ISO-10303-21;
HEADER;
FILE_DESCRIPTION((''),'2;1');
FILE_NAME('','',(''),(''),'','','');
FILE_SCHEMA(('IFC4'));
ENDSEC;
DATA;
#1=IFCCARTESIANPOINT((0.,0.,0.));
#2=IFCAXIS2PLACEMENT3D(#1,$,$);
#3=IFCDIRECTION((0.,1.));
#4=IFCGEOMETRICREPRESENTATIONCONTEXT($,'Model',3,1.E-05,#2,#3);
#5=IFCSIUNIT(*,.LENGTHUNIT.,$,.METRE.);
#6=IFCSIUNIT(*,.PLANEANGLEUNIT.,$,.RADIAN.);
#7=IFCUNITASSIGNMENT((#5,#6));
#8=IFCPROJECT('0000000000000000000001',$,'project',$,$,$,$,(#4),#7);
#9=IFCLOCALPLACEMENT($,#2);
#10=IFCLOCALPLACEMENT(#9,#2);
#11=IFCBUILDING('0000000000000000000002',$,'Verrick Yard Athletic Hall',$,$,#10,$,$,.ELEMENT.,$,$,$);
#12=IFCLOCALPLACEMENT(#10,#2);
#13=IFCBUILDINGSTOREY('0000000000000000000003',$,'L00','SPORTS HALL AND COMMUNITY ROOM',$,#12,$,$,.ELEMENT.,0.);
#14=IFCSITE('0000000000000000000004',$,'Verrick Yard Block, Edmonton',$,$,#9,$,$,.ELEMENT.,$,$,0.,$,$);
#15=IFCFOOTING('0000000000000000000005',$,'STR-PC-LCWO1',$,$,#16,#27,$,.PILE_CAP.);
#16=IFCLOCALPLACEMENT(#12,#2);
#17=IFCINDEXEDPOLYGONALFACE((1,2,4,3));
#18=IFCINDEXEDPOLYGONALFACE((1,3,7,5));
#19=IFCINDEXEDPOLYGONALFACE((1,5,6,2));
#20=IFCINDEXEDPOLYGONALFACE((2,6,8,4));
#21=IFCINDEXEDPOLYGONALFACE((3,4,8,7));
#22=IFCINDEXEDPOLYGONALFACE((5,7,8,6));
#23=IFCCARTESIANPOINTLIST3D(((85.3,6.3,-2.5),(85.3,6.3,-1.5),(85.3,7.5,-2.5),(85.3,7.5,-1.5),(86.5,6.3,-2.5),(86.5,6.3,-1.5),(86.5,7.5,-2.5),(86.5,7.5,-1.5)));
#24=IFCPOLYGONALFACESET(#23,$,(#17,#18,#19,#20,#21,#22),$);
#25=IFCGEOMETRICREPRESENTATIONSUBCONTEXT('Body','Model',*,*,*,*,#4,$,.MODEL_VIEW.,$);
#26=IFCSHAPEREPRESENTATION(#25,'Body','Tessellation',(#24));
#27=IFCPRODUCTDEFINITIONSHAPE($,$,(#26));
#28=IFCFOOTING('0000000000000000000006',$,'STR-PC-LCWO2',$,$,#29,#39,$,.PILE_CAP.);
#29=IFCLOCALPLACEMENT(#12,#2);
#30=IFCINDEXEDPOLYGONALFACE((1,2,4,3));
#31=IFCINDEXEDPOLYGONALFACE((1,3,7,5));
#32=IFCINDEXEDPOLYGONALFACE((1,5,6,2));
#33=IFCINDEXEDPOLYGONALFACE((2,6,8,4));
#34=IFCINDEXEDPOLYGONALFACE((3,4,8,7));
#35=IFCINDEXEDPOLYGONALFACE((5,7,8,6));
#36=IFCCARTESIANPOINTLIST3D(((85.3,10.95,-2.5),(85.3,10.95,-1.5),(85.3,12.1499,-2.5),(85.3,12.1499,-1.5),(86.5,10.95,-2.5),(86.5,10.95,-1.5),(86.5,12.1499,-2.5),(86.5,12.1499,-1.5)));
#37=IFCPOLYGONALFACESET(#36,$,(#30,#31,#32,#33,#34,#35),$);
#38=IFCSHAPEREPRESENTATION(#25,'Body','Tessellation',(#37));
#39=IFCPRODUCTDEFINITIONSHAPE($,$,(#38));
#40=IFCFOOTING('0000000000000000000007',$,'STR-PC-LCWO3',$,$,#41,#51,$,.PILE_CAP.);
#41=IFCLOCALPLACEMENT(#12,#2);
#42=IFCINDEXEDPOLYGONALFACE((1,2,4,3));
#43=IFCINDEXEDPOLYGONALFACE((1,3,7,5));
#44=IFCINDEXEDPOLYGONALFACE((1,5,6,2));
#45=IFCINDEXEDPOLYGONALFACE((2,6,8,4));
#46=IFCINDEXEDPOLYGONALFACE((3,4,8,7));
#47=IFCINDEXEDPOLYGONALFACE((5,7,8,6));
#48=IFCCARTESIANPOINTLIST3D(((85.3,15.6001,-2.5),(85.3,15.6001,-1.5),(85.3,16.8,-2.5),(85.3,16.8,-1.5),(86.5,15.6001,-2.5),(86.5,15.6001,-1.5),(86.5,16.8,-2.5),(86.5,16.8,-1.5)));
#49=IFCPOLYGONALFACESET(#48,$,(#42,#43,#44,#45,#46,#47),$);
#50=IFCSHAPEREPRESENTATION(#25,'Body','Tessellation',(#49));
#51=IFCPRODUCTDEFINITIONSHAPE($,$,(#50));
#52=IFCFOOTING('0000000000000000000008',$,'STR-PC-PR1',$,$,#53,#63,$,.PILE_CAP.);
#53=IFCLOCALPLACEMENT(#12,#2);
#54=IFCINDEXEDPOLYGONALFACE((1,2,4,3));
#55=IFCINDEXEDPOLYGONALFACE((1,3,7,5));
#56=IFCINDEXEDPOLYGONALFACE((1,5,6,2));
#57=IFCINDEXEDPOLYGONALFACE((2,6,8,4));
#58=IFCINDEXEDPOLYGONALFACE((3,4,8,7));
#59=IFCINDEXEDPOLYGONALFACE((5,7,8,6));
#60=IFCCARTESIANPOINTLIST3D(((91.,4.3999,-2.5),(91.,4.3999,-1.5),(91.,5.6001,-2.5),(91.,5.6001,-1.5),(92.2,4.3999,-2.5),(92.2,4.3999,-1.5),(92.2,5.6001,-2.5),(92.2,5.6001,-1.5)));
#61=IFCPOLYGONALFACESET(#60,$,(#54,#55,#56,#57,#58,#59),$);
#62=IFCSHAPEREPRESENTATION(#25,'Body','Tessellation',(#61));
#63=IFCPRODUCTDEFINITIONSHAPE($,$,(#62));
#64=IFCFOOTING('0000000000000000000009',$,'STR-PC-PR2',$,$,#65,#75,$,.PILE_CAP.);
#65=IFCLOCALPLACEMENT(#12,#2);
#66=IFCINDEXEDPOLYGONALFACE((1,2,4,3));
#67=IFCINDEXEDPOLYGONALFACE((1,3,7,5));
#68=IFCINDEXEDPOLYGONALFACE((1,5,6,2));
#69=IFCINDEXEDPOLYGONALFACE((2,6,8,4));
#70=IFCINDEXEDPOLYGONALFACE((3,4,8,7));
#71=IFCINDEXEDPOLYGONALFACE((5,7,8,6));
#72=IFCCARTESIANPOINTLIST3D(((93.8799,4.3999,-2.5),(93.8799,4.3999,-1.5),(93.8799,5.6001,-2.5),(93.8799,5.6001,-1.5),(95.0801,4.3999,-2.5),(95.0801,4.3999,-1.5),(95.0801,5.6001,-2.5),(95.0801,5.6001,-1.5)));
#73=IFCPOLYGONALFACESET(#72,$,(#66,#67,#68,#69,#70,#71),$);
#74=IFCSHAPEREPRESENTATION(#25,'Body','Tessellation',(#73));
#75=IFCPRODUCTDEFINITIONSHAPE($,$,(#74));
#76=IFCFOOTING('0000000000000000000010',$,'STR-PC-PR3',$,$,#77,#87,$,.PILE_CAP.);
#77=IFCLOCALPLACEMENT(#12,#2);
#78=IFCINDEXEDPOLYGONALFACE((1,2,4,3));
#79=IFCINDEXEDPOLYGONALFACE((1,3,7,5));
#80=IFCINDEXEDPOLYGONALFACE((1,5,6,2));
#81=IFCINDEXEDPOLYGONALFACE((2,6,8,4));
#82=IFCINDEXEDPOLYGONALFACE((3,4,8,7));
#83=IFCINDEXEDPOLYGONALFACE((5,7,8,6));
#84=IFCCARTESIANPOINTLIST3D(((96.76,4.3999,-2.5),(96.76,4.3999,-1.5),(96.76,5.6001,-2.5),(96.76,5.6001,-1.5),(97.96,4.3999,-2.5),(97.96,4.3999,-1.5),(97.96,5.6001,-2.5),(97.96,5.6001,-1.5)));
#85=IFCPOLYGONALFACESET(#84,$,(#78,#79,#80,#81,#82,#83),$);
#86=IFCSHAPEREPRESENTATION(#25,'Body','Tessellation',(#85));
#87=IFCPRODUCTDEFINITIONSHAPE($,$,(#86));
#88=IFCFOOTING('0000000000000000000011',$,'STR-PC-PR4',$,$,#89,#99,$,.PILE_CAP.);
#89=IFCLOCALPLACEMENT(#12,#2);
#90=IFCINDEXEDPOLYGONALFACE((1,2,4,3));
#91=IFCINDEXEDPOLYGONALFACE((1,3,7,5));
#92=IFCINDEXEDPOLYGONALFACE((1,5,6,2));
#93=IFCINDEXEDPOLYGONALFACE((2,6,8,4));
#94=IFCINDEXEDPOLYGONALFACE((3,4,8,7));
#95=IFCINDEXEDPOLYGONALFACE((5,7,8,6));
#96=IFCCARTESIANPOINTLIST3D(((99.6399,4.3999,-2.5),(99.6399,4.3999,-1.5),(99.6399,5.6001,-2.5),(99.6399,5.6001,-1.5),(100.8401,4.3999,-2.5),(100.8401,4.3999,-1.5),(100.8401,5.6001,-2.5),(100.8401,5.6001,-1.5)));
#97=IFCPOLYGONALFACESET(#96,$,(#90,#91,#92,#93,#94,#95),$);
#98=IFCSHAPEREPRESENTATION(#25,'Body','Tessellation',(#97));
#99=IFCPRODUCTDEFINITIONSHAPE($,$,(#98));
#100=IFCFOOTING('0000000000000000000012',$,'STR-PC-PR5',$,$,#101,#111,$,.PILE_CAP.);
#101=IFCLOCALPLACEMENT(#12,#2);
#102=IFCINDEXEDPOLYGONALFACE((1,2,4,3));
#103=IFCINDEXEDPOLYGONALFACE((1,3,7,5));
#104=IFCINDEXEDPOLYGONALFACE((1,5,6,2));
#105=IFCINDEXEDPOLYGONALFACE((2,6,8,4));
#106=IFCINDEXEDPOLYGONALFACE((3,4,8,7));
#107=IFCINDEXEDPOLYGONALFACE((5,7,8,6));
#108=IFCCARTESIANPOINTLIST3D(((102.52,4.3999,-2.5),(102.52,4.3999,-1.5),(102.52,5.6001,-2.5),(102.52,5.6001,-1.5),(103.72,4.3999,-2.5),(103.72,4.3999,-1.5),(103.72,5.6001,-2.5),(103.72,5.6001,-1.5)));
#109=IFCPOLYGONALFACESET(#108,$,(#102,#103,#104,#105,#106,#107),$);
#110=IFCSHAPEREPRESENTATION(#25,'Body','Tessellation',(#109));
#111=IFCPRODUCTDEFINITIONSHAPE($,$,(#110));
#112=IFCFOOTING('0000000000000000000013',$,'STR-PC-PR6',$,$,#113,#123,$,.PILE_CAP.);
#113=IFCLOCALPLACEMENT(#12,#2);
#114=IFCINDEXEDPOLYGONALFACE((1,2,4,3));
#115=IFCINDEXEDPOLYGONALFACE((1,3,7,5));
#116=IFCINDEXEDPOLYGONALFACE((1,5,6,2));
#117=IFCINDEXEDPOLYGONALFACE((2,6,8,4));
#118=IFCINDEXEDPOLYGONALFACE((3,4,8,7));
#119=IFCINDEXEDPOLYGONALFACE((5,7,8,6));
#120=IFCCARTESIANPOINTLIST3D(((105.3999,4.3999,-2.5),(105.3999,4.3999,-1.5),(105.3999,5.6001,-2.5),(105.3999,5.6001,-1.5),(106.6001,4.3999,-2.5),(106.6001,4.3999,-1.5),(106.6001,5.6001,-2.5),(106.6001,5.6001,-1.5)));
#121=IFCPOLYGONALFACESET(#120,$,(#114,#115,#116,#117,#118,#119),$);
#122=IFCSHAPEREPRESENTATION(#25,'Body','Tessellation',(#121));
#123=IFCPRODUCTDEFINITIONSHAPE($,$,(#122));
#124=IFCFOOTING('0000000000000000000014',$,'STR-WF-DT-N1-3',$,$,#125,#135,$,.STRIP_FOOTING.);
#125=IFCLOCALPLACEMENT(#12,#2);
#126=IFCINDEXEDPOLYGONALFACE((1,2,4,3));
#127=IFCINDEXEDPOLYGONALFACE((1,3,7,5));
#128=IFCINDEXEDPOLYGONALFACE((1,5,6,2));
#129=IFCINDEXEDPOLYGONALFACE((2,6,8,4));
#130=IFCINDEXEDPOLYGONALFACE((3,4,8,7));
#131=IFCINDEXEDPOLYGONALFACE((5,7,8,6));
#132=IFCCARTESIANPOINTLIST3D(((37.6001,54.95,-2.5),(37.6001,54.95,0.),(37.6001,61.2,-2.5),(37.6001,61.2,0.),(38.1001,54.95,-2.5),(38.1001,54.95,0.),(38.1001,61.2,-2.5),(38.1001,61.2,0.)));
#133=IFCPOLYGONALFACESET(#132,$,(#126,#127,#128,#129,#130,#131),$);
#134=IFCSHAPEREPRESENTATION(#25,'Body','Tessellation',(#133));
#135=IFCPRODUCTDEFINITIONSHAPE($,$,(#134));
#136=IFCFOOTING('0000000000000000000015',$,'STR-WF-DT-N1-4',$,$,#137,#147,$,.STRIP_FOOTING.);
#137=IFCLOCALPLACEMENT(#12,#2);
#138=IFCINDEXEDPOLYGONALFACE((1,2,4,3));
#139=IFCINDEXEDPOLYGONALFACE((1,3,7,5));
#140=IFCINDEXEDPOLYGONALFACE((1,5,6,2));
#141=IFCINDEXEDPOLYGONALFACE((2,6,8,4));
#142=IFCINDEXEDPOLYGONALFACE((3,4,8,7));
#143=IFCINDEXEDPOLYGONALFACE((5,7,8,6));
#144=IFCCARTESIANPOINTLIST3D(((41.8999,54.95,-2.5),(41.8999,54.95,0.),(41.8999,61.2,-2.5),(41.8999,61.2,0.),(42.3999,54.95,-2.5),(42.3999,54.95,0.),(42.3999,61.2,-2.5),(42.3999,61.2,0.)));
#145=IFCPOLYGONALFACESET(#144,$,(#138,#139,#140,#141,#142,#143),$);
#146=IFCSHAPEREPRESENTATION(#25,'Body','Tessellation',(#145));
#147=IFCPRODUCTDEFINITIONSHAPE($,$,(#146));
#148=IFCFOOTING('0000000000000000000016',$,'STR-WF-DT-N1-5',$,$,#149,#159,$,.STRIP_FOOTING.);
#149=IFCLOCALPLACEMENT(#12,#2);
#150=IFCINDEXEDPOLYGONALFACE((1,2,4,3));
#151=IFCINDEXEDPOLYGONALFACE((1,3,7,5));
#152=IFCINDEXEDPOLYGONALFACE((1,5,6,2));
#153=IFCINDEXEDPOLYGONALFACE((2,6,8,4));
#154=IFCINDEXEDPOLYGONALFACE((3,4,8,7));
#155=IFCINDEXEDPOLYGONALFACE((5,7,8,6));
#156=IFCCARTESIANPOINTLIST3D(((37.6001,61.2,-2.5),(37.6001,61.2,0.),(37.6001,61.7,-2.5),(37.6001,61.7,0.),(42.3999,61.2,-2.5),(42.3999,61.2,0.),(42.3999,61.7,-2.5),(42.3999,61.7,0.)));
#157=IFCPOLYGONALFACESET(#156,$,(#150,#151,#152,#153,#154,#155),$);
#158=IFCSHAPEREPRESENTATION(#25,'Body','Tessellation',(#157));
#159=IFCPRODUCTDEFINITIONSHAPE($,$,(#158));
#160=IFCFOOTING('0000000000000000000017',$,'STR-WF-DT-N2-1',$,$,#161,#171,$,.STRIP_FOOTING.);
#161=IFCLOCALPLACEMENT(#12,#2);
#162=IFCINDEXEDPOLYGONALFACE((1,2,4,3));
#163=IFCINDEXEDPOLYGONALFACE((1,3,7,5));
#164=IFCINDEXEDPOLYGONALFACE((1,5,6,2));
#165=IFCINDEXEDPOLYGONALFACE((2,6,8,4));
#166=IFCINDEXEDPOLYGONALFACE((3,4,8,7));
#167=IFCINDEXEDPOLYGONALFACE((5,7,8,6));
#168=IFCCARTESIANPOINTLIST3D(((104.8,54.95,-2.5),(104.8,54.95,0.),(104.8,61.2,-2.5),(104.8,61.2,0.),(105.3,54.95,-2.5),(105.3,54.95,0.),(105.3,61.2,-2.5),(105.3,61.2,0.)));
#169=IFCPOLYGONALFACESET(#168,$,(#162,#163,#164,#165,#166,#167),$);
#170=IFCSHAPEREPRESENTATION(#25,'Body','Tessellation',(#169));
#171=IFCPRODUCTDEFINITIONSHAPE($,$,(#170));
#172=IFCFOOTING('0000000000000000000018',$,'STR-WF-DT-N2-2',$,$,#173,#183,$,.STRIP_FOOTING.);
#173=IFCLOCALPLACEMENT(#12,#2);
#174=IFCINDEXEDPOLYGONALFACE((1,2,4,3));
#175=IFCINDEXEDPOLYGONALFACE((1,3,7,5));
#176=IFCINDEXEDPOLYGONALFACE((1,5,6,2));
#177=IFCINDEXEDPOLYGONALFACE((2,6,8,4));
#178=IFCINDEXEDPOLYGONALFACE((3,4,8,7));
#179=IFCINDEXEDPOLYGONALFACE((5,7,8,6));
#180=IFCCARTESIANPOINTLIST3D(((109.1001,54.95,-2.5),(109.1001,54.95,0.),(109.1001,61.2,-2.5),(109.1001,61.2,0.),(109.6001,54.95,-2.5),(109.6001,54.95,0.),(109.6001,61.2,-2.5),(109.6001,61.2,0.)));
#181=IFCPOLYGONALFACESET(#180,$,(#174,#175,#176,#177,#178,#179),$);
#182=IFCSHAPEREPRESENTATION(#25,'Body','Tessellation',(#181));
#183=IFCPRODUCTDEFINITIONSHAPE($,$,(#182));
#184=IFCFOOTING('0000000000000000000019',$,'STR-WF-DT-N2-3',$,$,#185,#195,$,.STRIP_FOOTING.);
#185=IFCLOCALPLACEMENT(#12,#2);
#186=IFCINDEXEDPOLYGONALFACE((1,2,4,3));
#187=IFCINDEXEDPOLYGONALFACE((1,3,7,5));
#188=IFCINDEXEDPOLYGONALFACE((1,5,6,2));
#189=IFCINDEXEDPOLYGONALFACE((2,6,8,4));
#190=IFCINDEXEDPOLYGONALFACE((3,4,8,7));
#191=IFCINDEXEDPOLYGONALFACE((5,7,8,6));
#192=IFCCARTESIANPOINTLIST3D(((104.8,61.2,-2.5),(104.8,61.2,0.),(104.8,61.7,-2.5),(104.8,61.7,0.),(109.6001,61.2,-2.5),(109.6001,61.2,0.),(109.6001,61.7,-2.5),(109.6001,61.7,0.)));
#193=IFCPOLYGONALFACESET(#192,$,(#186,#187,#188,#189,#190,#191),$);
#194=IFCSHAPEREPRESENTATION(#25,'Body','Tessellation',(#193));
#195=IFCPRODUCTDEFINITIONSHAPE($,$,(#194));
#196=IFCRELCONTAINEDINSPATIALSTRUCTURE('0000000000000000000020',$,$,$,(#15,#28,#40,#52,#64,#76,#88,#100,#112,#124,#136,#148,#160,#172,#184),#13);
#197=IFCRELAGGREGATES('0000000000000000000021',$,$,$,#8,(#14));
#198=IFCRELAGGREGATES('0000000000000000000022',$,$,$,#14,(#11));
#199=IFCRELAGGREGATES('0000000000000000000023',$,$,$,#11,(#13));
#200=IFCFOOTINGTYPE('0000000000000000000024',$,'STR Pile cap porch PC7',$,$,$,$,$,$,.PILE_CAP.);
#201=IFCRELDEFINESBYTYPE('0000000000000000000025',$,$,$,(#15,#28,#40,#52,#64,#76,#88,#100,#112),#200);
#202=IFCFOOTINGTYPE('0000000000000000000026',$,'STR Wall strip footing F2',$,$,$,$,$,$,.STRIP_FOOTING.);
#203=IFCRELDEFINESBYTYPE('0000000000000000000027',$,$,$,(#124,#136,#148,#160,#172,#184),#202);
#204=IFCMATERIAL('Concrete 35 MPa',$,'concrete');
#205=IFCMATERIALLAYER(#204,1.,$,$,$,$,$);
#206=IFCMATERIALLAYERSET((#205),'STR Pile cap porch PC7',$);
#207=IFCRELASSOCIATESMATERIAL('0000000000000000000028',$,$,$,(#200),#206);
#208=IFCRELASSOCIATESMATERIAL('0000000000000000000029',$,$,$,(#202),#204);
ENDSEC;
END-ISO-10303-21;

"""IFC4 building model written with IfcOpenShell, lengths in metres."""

from ifc_helpers import new_model, si_unit, direction, frame, origin, origin_2d, place, context, subcontext, project, spatial, polyline, rectangle, outline, extrude, material, layer, layer_set, material_profile, profile_set, type_object, element, save


model = new_model("IFC4")

# Units and contexts
model_context = context("Model", 3, precision=1e-05, world=origin(), true_north=direction((0.0, 1.0)))
body_context = subcontext(model_context, "Body", "Model", "MODEL_VIEW")
ifc_project = project(units=[si_unit("LENGTHUNIT", "METRE"), si_unit("PLANEANGLEUNIT", "RADIAN")], contexts=[model_context])

# Site, building, storey
site_placement = place(None, origin())
site = spatial("IfcSite", under=ifc_project, at=site_placement, Name="Verrick Yard Block, Edmonton", CompositionType="ELEMENT", RefElevation=0.0)
building_placement = place(site_placement, origin())
building = spatial("IfcBuilding", under=site, at=building_placement, Name="Verrick Yard Athletic Hall", CompositionType="ELEMENT")
storey_placement = place(building_placement, origin())
storey = spatial("IfcBuildingStorey", under=building, at=storey_placement, Name="L00", Description="SPORTS HALL AND COMMUNITY ROOM", CompositionType="ELEMENT", Elevation=0.0)

# Footings
ifc_material = material(Name="Concrete 35 MPa", Category="concrete")
ifc_layer = layer(ifc_material, 1.0)
ifc_layer_set = layer_set([ifc_layer], Name="STR Pile cap porch PC7")
footing_type_1 = type_object("IfcFootingType", Name="STR Pile cap porch PC7", PredefinedType="PILE_CAP", material=ifc_layer_set)
footing_1_placement = place(storey_placement, frame((0.0, 0.0, -2.5)))
element("IfcFooting", 1, at=footing_1_placement, inside=storey, type_object=footing_type_1, Name="STR-PC-LCWO1", PredefinedType="PILE_CAP", context=body_context, shape_type="SweptSolid", body=[
    extrude(outline(polyline([(85.3, 6.3), (86.5, 6.3), (86.5, 7.5), (85.3, 7.5), (85.3, 6.3)])), origin(), (0.0, 0.0, 1.0), 1.0),
])
footing_2_placement = place(storey_placement, frame((0.0, 0.0, -2.5)))
element("IfcFooting", 2, at=footing_2_placement, inside=storey, type_object=footing_type_1, Name="STR-PC-LCWO2", PredefinedType="PILE_CAP", context=body_context, shape_type="SweptSolid", body=[
    extrude(outline(polyline([(85.3, 10.95), (86.5, 10.95), (86.5, 12.1499), (85.3, 12.1499), (85.3, 10.95)])), origin(), (0.0, 0.0, 1.0), 1.0),
])
footing_3_placement = place(storey_placement, frame((0.0, 0.0, -2.5)))
element("IfcFooting", 3, at=footing_3_placement, inside=storey, type_object=footing_type_1, Name="STR-PC-LCWO3", PredefinedType="PILE_CAP", context=body_context, shape_type="SweptSolid", body=[
    extrude(outline(polyline([(85.3, 15.6001), (86.5, 15.6001), (86.5, 16.8), (85.3, 16.8), (85.3, 15.6001)])), origin(), (0.0, 0.0, 1.0), 1.0),
])
footing_4_placement = place(storey_placement, frame((0.0, 0.0, -2.5)))
element("IfcFooting", 4, at=footing_4_placement, inside=storey, type_object=footing_type_1, Name="STR-PC-PR1", PredefinedType="PILE_CAP", context=body_context, shape_type="SweptSolid", body=[
    extrude(outline(polyline([(91.0, 4.3999), (92.2, 4.3999), (92.2, 5.6001), (91.0, 5.6001), (91.0, 4.3999)])), origin(), (0.0, 0.0, 1.0), 1.0),
])
footing_5_placement = place(storey_placement, frame((0.0, 0.0, -2.5)))
element("IfcFooting", 5, at=footing_5_placement, inside=storey, type_object=footing_type_1, Name="STR-PC-PR2", PredefinedType="PILE_CAP", context=body_context, shape_type="SweptSolid", body=[
    extrude(outline(polyline([(93.8799, 4.3999), (95.0801, 4.3999), (95.0801, 5.6001), (93.8799, 5.6001), (93.8799, 4.3999)])), origin(), (0.0, 0.0, 1.0), 1.0),
])
footing_6_placement = place(storey_placement, frame((0.0, 0.0, -2.5)))
element("IfcFooting", 6, at=footing_6_placement, inside=storey, type_object=footing_type_1, Name="STR-PC-PR3", PredefinedType="PILE_CAP", context=body_context, shape_type="SweptSolid", body=[
    extrude(outline(polyline([(96.76, 4.3999), (97.96, 4.3999), (97.96, 5.6001), (96.76, 5.6001), (96.76, 4.3999)])), origin(), (0.0, 0.0, 1.0), 1.0),
])
footing_7_placement = place(storey_placement, frame((0.0, 0.0, -2.5)))
element("IfcFooting", 7, at=footing_7_placement, inside=storey, type_object=footing_type_1, Name="STR-PC-PR4", PredefinedType="PILE_CAP", context=body_context, shape_type="SweptSolid", body=[
    extrude(outline(polyline([(99.6399, 4.3999), (100.8401, 4.3999), (100.8401, 5.6001), (99.6399, 5.6001), (99.6399, 4.3999)])), origin(), (0.0, 0.0, 1.0), 1.0),
])
footing_8_placement = place(storey_placement, frame((0.0, 0.0, -2.5)))
element("IfcFooting", 8, at=footing_8_placement, inside=storey, type_object=footing_type_1, Name="STR-PC-PR5", PredefinedType="PILE_CAP", context=body_context, shape_type="SweptSolid", body=[
    extrude(outline(polyline([(102.52, 4.3999), (103.72, 4.3999), (103.72, 5.6001), (102.52, 5.6001), (102.52, 4.3999)])), origin(), (0.0, 0.0, 1.0), 1.0),
])
footing_9_placement = place(storey_placement, frame((0.0, 0.0, -2.5)))
element("IfcFooting", 9, at=footing_9_placement, inside=storey, type_object=footing_type_1, Name="STR-PC-PR6", PredefinedType="PILE_CAP", context=body_context, shape_type="SweptSolid", body=[
    extrude(outline(polyline([(105.3999, 4.3999), (106.6001, 4.3999), (106.6001, 5.6001), (105.3999, 5.6001), (105.3999, 4.3999)])), origin(), (0.0, 0.0, 1.0), 1.0),
])
ifc_material_profile_1 = material_profile(ifc_material, rectangle(XDim=0.5, YDim=2.5, at=origin_2d()), Name="STR Wall strip footing F2")
ifc_profile_set_1 = profile_set([ifc_material_profile_1], Name="Concrete 35 MPa")
footing_type_2 = type_object("IfcFootingType", Name="STR Wall strip footing F2", PredefinedType="STRIP_FOOTING", material=ifc_profile_set_1)
footing_10_placement = place(storey_placement, frame((0.0, 0.0, -2.5)))
element("IfcFooting", 10, at=footing_10_placement, inside=storey, type_object=footing_type_2, Name="STR-WF-DT-N1-3", PredefinedType="STRIP_FOOTING", context=body_context, shape_type="SweptSolid", body=[
    extrude(outline(polyline([(37.6001, 54.95), (38.1001, 54.95), (38.1001, 61.2), (37.6001, 61.2), (37.6001, 54.95)])), origin(), (0.0, 0.0, 1.0), 2.5),
])
footing_11_placement = place(storey_placement, frame((0.0, 0.0, -2.5)))
element("IfcFooting", 11, at=footing_11_placement, inside=storey, type_object=footing_type_2, Name="STR-WF-DT-N1-4", PredefinedType="STRIP_FOOTING", context=body_context, shape_type="SweptSolid", body=[
    extrude(outline(polyline([(41.8999, 54.95), (42.3999, 54.95), (42.3999, 61.2), (41.8999, 61.2), (41.8999, 54.95)])), origin(), (0.0, 0.0, 1.0), 2.5),
])
footing_12_placement = place(storey_placement, frame((0.0, 0.0, -2.5)))
element("IfcFooting", 12, at=footing_12_placement, inside=storey, type_object=footing_type_2, Name="STR-WF-DT-N1-5", PredefinedType="STRIP_FOOTING", context=body_context, shape_type="SweptSolid", body=[
    extrude(outline(polyline([(37.6001, 61.2), (42.3999, 61.2), (42.3999, 61.7), (37.6001, 61.7), (37.6001, 61.2)])), origin(), (0.0, 0.0, 1.0), 2.5),
])
footing_13_placement = place(storey_placement, frame((0.0, 0.0, -2.5)))
element("IfcFooting", 13, at=footing_13_placement, inside=storey, type_object=footing_type_2, Name="STR-WF-DT-N2-1", PredefinedType="STRIP_FOOTING", context=body_context, shape_type="SweptSolid", body=[
    extrude(outline(polyline([(104.8, 54.95), (105.3, 54.95), (105.3, 61.2), (104.8, 61.2), (104.8, 54.95)])), origin(), (0.0, 0.0, 1.0), 2.5),
])
footing_14_placement = place(storey_placement, frame((0.0, 0.0, -2.5)))
element("IfcFooting", 14, at=footing_14_placement, inside=storey, type_object=footing_type_2, Name="STR-WF-DT-N2-2", PredefinedType="STRIP_FOOTING", context=body_context, shape_type="SweptSolid", body=[
    extrude(outline(polyline([(109.1001, 54.95), (109.6001, 54.95), (109.6001, 61.2), (109.1001, 61.2), (109.1001, 54.95)])), origin(), (0.0, 0.0, 1.0), 2.5),
])
footing_15_placement = place(storey_placement, frame((0.0, 0.0, -2.5)))
element("IfcFooting", 15, at=footing_15_placement, inside=storey, type_object=footing_type_2, Name="STR-WF-DT-N2-3", PredefinedType="STRIP_FOOTING", context=body_context, shape_type="SweptSolid", body=[
    extrude(outline(polyline([(104.8, 61.2), (109.6001, 61.2), (109.6001, 61.7), (104.8, 61.7), (104.8, 61.2)])), origin(), (0.0, 0.0, 1.0), 2.5),
])

save(model, "model.ifc")
